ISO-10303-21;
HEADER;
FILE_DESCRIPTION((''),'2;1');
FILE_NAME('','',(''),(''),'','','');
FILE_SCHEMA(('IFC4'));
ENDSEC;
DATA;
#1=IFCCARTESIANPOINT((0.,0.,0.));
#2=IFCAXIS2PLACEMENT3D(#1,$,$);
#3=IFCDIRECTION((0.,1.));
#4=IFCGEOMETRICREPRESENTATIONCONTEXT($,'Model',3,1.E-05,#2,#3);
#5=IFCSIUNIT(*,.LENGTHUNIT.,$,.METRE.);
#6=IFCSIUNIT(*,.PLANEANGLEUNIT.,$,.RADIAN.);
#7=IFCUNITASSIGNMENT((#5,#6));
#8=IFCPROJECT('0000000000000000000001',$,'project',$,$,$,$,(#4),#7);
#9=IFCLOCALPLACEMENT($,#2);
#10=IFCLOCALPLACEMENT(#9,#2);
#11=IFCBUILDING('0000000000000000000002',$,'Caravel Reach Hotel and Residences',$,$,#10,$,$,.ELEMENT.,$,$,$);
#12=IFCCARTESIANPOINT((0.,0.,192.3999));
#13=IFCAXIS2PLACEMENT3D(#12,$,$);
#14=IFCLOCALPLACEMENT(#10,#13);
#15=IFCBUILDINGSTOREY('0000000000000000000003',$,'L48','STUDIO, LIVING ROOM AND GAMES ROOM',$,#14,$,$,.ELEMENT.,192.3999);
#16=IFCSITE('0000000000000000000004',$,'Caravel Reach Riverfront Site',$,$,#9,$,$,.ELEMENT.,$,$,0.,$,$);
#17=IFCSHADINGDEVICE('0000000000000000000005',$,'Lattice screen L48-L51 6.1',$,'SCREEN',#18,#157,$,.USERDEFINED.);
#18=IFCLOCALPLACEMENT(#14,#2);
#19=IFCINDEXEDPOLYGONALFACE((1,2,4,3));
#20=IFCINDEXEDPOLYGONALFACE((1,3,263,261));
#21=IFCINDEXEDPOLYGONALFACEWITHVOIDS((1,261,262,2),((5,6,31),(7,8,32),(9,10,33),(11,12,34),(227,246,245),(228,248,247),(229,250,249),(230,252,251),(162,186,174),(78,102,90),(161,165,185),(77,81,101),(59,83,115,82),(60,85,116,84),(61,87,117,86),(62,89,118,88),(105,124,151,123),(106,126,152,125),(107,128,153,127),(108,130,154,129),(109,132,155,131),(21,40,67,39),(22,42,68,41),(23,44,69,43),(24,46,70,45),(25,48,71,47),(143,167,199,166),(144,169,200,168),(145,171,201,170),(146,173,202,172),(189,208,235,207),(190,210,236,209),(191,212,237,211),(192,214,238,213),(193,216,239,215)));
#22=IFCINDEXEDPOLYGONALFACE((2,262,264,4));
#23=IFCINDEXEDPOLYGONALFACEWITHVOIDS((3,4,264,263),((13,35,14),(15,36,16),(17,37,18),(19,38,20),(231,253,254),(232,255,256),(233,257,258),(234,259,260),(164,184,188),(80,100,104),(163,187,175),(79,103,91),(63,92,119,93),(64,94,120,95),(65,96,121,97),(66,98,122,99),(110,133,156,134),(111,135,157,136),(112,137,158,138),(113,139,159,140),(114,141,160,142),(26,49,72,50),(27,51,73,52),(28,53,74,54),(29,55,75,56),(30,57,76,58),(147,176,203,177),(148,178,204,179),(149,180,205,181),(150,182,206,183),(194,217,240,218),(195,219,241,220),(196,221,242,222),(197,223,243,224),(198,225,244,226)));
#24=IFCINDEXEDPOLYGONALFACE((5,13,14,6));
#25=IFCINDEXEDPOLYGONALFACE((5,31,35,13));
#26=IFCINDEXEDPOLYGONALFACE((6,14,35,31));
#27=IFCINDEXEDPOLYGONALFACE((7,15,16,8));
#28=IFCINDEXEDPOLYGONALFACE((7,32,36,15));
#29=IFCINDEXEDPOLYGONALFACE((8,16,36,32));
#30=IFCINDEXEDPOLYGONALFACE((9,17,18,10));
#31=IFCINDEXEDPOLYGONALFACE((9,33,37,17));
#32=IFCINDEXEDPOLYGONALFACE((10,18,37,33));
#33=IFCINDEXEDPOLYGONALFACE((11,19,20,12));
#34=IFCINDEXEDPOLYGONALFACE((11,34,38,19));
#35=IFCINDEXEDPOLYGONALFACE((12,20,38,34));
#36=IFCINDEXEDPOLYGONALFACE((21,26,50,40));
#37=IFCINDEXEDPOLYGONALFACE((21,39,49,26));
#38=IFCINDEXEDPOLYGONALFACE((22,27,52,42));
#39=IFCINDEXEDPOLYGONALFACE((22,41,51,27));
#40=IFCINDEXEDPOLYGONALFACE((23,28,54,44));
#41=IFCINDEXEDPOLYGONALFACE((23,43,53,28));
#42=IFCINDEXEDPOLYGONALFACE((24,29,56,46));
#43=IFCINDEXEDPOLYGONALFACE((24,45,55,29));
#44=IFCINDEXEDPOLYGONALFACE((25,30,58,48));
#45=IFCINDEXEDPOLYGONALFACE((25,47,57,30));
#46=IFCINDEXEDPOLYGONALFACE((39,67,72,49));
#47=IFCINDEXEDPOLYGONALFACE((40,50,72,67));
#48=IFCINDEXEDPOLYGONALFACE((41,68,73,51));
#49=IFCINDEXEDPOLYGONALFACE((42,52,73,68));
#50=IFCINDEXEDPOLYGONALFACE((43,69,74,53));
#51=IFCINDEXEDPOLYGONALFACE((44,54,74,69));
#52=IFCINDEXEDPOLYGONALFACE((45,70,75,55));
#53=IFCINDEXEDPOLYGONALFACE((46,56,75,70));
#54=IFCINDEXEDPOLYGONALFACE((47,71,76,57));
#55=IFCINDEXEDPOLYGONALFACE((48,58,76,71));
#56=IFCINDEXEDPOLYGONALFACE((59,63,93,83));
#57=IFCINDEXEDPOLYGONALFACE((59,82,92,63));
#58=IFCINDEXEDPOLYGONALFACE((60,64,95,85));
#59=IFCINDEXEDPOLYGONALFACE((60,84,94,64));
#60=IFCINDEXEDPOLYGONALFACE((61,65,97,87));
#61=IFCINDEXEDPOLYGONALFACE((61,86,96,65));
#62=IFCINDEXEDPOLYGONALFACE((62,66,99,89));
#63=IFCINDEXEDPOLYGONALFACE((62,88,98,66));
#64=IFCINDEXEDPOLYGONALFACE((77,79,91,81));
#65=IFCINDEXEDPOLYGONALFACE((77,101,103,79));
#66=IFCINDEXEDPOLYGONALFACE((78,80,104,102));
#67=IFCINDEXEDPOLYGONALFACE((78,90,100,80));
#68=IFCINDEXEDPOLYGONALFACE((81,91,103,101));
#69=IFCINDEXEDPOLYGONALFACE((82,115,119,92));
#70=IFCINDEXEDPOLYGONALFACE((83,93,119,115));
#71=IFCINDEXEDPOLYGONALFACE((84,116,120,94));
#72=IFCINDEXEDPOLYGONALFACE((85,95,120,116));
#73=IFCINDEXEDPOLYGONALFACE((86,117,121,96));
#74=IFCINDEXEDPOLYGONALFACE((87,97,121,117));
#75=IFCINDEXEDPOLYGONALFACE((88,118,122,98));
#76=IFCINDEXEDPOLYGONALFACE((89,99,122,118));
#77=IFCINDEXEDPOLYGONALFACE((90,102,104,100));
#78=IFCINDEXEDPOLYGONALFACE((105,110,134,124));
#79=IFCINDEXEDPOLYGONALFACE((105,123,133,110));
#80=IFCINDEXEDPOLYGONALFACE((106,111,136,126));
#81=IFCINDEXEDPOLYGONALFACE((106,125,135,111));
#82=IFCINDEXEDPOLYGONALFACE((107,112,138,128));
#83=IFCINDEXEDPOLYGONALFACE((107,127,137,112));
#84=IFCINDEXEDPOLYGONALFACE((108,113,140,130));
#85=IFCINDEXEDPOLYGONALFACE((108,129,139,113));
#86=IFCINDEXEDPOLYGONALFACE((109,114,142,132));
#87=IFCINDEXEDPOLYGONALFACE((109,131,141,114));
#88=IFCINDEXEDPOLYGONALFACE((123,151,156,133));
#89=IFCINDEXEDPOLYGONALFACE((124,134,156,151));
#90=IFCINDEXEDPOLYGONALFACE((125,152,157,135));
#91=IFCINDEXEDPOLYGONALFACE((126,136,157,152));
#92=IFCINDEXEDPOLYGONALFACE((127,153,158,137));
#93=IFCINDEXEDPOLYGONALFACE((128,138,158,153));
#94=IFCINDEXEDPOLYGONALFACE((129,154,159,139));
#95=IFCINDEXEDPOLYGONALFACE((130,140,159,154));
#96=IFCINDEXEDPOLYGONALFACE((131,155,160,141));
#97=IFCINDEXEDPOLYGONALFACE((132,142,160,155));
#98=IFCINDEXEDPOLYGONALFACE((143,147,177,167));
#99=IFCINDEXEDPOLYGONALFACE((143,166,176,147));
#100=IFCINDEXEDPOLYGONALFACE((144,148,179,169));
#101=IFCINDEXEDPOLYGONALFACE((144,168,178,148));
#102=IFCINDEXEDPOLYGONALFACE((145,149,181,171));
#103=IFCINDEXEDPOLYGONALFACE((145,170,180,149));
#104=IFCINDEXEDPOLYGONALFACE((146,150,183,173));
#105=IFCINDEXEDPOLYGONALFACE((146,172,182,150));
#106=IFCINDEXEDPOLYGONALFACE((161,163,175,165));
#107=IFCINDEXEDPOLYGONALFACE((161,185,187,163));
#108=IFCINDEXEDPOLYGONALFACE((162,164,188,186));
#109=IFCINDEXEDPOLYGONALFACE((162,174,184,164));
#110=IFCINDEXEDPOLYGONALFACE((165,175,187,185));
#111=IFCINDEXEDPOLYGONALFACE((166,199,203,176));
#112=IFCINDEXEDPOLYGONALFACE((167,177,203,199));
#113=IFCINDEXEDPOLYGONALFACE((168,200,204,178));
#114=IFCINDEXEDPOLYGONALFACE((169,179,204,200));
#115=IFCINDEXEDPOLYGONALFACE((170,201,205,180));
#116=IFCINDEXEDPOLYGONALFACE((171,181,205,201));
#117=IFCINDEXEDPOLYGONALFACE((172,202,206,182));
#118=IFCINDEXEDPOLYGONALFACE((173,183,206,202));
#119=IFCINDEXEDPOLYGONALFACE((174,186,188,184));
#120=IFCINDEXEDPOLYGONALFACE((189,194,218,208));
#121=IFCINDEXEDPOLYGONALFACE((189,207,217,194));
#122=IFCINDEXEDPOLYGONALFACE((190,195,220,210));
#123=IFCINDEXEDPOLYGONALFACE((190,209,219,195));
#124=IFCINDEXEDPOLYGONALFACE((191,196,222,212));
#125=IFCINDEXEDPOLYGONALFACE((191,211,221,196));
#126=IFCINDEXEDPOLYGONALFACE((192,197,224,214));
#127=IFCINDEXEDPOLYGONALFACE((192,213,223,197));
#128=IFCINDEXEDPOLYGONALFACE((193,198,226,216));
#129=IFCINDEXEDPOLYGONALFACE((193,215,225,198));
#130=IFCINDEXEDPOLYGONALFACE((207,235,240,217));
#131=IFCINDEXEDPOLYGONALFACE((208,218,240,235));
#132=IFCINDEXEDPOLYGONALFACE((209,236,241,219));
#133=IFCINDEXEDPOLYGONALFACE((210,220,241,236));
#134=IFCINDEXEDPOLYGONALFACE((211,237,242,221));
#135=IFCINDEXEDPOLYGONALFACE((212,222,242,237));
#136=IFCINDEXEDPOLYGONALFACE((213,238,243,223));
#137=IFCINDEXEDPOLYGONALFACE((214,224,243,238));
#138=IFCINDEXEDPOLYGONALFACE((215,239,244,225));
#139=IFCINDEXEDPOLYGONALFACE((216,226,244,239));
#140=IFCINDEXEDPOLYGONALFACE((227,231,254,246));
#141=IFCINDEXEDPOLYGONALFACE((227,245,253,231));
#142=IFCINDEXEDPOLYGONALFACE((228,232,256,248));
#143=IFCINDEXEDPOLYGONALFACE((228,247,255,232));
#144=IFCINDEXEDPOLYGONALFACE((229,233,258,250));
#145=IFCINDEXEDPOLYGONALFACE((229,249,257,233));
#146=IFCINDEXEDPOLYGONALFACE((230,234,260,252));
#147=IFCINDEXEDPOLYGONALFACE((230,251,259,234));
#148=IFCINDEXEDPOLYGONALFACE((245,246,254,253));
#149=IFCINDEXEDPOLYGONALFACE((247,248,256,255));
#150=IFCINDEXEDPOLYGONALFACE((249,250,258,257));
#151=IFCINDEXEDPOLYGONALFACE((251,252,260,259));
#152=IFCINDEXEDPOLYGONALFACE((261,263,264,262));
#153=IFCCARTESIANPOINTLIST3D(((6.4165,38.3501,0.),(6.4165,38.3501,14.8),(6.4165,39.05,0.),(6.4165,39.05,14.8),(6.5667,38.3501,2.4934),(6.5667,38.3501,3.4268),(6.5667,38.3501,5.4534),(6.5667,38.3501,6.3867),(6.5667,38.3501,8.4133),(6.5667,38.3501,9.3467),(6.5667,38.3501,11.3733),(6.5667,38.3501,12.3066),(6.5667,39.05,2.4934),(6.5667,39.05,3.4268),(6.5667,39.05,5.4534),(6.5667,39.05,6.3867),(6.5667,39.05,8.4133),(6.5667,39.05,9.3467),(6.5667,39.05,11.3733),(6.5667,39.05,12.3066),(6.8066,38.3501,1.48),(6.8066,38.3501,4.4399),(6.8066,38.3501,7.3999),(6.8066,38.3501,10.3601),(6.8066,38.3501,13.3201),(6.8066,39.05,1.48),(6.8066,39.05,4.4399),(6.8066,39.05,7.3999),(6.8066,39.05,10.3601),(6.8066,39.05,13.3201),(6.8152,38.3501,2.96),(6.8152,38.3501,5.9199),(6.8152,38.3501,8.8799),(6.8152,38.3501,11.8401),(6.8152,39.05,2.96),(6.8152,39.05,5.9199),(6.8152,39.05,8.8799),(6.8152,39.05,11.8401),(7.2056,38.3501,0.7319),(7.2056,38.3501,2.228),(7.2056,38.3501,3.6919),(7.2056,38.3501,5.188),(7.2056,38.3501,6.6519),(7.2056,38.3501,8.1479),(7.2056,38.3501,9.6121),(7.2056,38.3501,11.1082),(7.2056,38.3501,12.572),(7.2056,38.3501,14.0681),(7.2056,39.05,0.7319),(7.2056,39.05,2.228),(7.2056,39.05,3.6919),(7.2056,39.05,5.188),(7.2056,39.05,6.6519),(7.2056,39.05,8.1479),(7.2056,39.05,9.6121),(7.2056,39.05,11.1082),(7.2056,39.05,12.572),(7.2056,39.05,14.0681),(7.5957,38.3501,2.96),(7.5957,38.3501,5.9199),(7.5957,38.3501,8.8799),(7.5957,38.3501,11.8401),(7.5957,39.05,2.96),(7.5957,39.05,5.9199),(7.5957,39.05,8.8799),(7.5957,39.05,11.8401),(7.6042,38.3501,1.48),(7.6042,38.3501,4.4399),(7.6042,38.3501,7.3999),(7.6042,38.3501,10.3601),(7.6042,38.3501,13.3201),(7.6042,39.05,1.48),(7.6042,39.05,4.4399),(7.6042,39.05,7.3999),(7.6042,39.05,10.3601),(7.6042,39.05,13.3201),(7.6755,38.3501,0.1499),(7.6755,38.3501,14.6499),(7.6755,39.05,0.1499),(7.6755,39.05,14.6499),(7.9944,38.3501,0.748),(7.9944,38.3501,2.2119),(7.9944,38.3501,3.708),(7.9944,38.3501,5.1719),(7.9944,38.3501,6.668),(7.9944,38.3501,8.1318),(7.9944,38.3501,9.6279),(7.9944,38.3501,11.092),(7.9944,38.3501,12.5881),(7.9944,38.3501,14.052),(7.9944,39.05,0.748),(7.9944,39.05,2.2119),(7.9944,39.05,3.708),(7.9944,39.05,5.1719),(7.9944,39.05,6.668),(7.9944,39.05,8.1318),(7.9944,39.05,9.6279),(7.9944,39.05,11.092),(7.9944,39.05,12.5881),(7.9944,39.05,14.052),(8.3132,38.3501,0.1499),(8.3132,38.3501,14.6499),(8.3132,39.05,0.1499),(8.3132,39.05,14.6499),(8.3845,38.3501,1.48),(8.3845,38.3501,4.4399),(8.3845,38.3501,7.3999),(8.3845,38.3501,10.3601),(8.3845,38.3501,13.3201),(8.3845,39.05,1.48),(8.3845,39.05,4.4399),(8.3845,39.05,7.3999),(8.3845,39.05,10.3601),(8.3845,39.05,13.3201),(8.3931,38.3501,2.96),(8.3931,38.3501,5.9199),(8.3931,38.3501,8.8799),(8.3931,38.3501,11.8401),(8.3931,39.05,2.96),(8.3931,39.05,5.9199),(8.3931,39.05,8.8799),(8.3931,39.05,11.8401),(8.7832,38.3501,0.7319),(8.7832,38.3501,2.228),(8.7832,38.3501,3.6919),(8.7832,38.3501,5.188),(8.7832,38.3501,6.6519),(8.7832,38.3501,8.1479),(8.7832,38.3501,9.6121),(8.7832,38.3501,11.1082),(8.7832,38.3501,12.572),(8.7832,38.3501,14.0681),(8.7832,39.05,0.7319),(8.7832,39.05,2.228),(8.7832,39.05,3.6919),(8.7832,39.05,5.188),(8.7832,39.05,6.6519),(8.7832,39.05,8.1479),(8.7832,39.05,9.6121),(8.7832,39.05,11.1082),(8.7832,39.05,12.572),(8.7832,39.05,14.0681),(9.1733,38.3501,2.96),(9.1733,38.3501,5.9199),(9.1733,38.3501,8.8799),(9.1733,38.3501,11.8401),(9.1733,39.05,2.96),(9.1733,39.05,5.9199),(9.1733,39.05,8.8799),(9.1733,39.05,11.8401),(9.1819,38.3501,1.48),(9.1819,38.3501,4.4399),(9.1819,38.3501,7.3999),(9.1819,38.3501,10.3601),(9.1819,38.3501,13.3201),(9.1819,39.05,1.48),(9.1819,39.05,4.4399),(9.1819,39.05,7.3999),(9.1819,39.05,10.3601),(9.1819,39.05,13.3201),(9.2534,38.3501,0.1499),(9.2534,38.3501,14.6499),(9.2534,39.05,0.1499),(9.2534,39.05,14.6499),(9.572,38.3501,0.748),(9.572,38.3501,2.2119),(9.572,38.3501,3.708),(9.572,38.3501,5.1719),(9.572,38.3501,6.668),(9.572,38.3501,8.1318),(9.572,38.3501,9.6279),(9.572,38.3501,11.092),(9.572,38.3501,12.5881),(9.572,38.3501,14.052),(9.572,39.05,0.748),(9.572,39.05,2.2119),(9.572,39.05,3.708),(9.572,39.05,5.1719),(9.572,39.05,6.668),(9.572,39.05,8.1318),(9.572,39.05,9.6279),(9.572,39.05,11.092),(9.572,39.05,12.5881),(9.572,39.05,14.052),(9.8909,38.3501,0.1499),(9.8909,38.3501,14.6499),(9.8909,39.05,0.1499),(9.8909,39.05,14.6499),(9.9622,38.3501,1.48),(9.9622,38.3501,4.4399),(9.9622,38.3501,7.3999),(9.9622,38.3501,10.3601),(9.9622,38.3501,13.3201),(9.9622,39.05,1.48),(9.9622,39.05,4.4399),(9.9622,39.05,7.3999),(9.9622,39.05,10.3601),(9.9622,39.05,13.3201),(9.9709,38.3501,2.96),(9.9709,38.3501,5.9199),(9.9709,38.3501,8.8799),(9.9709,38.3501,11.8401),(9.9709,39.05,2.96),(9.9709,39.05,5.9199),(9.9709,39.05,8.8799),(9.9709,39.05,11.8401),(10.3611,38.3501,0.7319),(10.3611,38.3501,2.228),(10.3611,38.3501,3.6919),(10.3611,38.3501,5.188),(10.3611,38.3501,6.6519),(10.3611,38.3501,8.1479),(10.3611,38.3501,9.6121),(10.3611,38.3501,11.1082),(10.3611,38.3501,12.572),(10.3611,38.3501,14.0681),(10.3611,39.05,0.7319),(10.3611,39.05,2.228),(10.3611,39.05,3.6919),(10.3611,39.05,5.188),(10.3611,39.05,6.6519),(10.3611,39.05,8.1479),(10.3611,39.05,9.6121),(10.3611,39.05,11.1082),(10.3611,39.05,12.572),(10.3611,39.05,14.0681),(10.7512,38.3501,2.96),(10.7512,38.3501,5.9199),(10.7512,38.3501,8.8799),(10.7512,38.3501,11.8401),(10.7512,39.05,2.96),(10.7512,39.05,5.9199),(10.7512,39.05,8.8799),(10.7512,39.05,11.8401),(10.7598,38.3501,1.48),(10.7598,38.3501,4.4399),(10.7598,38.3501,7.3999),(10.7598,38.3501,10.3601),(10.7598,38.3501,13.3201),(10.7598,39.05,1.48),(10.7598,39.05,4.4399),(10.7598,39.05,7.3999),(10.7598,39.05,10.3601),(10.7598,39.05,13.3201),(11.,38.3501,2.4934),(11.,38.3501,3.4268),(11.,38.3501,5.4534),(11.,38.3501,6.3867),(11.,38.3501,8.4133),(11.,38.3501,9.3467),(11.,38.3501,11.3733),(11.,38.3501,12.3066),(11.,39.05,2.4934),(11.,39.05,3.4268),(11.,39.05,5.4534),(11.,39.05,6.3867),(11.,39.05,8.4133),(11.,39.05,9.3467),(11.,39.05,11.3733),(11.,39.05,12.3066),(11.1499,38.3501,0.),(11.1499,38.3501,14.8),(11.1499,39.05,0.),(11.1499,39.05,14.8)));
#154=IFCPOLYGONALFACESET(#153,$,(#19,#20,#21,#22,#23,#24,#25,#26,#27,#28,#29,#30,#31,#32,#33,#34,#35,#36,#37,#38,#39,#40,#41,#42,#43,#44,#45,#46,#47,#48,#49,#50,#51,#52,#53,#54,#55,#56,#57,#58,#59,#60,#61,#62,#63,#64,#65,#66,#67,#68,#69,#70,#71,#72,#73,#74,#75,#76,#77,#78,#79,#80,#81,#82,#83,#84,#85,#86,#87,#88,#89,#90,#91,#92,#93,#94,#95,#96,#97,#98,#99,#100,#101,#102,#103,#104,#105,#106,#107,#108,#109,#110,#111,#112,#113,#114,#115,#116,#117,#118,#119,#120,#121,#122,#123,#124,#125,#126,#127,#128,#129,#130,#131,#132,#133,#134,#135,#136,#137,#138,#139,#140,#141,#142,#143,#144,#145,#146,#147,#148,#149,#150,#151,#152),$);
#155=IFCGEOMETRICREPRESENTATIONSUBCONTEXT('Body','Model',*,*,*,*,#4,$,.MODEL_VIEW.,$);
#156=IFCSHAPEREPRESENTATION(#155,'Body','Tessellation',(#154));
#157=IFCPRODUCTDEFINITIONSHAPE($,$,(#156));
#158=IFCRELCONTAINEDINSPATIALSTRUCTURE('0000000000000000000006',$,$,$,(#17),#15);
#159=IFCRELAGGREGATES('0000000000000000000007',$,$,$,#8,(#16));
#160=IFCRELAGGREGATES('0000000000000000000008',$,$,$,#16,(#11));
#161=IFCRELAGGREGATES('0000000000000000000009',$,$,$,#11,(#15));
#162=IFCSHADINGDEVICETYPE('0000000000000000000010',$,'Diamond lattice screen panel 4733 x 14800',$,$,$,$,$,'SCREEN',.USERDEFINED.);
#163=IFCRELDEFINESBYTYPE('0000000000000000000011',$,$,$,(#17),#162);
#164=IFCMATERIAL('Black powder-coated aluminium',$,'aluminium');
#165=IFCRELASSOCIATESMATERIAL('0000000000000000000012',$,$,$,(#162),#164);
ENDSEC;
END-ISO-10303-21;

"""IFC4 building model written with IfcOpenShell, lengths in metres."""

from ifc_helpers import new_model, si_unit, direction, frame, origin, place, context, subcontext, project, spatial, polyline, outline, extrude, material, type_object, element, save


model = new_model("IFC4")

# Units and contexts
model_context = context("Model", 3, precision=1e-05, world=origin(), true_north=direction((0.0, 1.0)))
body_context = subcontext(model_context, "Body", "Model", "MODEL_VIEW")
ifc_project = project(units=[si_unit("LENGTHUNIT", "METRE"), si_unit("PLANEANGLEUNIT", "RADIAN")], contexts=[model_context])

# Site, building, storey
site_placement = place(None, origin())
site = spatial("IfcSite", under=ifc_project, at=site_placement, Name="Caravel Reach Riverfront Site", CompositionType="ELEMENT", RefElevation=0.0)
building_placement = place(site_placement, origin())
building = spatial("IfcBuilding", under=site, at=building_placement, Name="Caravel Reach Hotel and Residences", CompositionType="ELEMENT")
storey_placement = place(building_placement, frame((0.0, 0.0, 192.3999)))
storey = spatial("IfcBuildingStorey", under=building, at=storey_placement, Name="L48", Description="STUDIO, LIVING ROOM AND GAMES ROOM", CompositionType="ELEMENT", Elevation=192.3999)

# Shading device
ifc_material_1 = material(Name="Black powder-coated aluminium", Category="aluminium")
shading_device_type = type_object("IfcShadingDeviceType", Name="Diamond lattice screen panel 4733 x 14800", ElementType="SCREEN", PredefinedType="USERDEFINED", material=ifc_material_1)
shading_device_1_placement = place(storey_placement, frame((11.1499, 38.3501, 0.0), z_axis=(0.0, 1.0, 0.0), x_axis=(-1.0, 0.0, 0.0)))
element("IfcShadingDevice", 1, at=shading_device_1_placement, inside=storey, type_object=shading_device_type, Name="Lattice screen L48-L51 6.1", ObjectType="SCREEN", PredefinedType="USERDEFINED", context=body_context, shape_type="SweptSolid", body=[
    extrude(outline(polyline([(0.0, 0.0), (4.7334, 0.0), (4.7334, 14.8), (0.0, 14.8), (0.0, 0.0)]), holes=[polyline([(0.3987, 2.96), (0.1499, 3.4268), (0.1499, 2.4934), (0.3987, 2.96)]), polyline([(0.3987, 5.9199), (0.1499, 6.3867), (0.1499, 5.4534), (0.3987, 5.9199)]), polyline([(0.3987, 8.8799), (0.1499, 9.3467), (0.1499, 8.4133), (0.3987, 8.8799)]), polyline([(0.3987, 11.8401), (0.1499, 12.3066), (0.1499, 11.3733), (0.3987, 11.8401)]), polyline([(0.7888, 2.228), (0.3901, 1.48), (0.7888, 0.7319), (1.1877, 1.48), (0.7888, 2.228)]), polyline([(0.7888, 5.188), (0.3901, 4.4399), (0.7888, 3.6919), (1.1877, 4.4399), (0.7888, 5.188)]), polyline([(0.7888, 8.1479), (0.3901, 7.3999), (0.7888, 6.6519), (1.1877, 7.3999), (0.7888, 8.1479)]), polyline([(0.7888, 11.1082), (0.3901, 10.3601), (0.7888, 9.6121), (1.1877, 10.3601), (0.7888, 11.1082)]), polyline([(0.7888, 14.0681), (0.3901, 13.3201), (0.7888, 12.572), (1.1877, 13.3201), (0.7888, 14.0681)]), polyline([(1.5779, 0.748), (1.259, 0.1499), (1.8965, 0.1499), (1.5779, 0.748)]), polyline([(1.5779, 3.708), (1.179, 2.96), (1.5779, 2.2119), (1.9766, 2.96), (1.5779, 3.708)]), polyline([(1.5779, 6.668), (1.179, 5.9199), (1.5779, 5.1719), (1.9766, 5.9199), (1.5779, 6.668)]), polyline([(1.5779, 9.6279), (1.179, 8.8799), (1.5779, 8.1318), (1.9766, 8.8799), (1.5779, 9.6279)]), polyline([(1.5779, 12.5881), (1.179, 11.8401), (1.5779, 11.092), (1.9766, 11.8401), (1.5779, 12.5881)]), polyline([(1.5779, 14.052), (1.8965, 14.6499), (1.259, 14.6499), (1.5779, 14.052)]), polyline([(2.3667, 2.228), (1.968, 1.48), (2.3667, 0.7319), (2.7654, 1.48), (2.3667, 2.228)]), polyline([(2.3667, 5.188), (1.968, 4.4399), (2.3667, 3.6919), (2.7654, 4.4399), (2.3667, 5.188)]), polyline([(2.3667, 8.1479), (1.968, 7.3999), (2.3667, 6.6519), (2.7654, 7.3999), (2.3667, 8.1479)]), polyline([(2.3667, 11.1082), (1.968, 10.3601), (2.3667, 9.6121), (2.7654, 10.3601), (2.3667, 11.1082)]), polyline([(2.3667, 14.0681), (1.968, 13.3201), (2.3667, 12.572), (2.7654, 13.3201), (2.3667, 14.0681)]), polyline([(3.1555, 0.748), (2.8367, 0.1499), (3.4744, 0.1499), (3.1555, 0.748)]), polyline([(3.1555, 3.708), (2.7568, 2.96), (3.1555, 2.2119), (3.5542, 2.96), (3.1555, 3.708)]), polyline([(3.1555, 6.668), (2.7568, 5.9199), (3.1555, 5.1719), (3.5542, 5.9199), (3.1555, 6.668)]), polyline([(3.1555, 9.6279), (2.7568, 8.8799), (3.1555, 8.1318), (3.5542, 8.8799), (3.1555, 9.6279)]), polyline([(3.1555, 12.5881), (2.7568, 11.8401), (3.1555, 11.092), (3.5542, 11.8401), (3.1555, 12.5881)]), polyline([(3.1555, 14.052), (3.4744, 14.6499), (2.8367, 14.6499), (3.1555, 14.052)]), polyline([(3.9443, 2.228), (3.5457, 1.48), (3.9443, 0.7319), (4.3433, 1.48), (3.9443, 2.228)]), polyline([(3.9443, 5.188), (3.5457, 4.4399), (3.9443, 3.6919), (4.3433, 4.4399), (3.9443, 5.188)]), polyline([(3.9443, 8.1479), (3.5457, 7.3999), (3.9443, 6.6519), (4.3433, 7.3999), (3.9443, 8.1479)]), polyline([(3.9443, 11.1082), (3.5457, 10.3601), (3.9443, 9.6121), (4.3433, 10.3601), (3.9443, 11.1082)]), polyline([(3.9443, 14.0681), (3.5457, 13.3201), (3.9443, 12.572), (4.3433, 13.3201), (3.9443, 14.0681)]), polyline([(4.3347, 2.96), (4.5833, 2.4934), (4.5833, 3.4268), (4.3347, 2.96)]), polyline([(4.3347, 5.9199), (4.5833, 5.4534), (4.5833, 6.3867), (4.3347, 5.9199)]), polyline([(4.3347, 8.8799), (4.5833, 8.4133), (4.5833, 9.3467), (4.3347, 8.8799)]), polyline([(4.3347, 11.8401), (4.5833, 11.3733), (4.5833, 12.3066), (4.3347, 11.8401)])]), origin(), (0.0, 0.0, 1.0), 0.7),
])

save(model, "model.ifc")
